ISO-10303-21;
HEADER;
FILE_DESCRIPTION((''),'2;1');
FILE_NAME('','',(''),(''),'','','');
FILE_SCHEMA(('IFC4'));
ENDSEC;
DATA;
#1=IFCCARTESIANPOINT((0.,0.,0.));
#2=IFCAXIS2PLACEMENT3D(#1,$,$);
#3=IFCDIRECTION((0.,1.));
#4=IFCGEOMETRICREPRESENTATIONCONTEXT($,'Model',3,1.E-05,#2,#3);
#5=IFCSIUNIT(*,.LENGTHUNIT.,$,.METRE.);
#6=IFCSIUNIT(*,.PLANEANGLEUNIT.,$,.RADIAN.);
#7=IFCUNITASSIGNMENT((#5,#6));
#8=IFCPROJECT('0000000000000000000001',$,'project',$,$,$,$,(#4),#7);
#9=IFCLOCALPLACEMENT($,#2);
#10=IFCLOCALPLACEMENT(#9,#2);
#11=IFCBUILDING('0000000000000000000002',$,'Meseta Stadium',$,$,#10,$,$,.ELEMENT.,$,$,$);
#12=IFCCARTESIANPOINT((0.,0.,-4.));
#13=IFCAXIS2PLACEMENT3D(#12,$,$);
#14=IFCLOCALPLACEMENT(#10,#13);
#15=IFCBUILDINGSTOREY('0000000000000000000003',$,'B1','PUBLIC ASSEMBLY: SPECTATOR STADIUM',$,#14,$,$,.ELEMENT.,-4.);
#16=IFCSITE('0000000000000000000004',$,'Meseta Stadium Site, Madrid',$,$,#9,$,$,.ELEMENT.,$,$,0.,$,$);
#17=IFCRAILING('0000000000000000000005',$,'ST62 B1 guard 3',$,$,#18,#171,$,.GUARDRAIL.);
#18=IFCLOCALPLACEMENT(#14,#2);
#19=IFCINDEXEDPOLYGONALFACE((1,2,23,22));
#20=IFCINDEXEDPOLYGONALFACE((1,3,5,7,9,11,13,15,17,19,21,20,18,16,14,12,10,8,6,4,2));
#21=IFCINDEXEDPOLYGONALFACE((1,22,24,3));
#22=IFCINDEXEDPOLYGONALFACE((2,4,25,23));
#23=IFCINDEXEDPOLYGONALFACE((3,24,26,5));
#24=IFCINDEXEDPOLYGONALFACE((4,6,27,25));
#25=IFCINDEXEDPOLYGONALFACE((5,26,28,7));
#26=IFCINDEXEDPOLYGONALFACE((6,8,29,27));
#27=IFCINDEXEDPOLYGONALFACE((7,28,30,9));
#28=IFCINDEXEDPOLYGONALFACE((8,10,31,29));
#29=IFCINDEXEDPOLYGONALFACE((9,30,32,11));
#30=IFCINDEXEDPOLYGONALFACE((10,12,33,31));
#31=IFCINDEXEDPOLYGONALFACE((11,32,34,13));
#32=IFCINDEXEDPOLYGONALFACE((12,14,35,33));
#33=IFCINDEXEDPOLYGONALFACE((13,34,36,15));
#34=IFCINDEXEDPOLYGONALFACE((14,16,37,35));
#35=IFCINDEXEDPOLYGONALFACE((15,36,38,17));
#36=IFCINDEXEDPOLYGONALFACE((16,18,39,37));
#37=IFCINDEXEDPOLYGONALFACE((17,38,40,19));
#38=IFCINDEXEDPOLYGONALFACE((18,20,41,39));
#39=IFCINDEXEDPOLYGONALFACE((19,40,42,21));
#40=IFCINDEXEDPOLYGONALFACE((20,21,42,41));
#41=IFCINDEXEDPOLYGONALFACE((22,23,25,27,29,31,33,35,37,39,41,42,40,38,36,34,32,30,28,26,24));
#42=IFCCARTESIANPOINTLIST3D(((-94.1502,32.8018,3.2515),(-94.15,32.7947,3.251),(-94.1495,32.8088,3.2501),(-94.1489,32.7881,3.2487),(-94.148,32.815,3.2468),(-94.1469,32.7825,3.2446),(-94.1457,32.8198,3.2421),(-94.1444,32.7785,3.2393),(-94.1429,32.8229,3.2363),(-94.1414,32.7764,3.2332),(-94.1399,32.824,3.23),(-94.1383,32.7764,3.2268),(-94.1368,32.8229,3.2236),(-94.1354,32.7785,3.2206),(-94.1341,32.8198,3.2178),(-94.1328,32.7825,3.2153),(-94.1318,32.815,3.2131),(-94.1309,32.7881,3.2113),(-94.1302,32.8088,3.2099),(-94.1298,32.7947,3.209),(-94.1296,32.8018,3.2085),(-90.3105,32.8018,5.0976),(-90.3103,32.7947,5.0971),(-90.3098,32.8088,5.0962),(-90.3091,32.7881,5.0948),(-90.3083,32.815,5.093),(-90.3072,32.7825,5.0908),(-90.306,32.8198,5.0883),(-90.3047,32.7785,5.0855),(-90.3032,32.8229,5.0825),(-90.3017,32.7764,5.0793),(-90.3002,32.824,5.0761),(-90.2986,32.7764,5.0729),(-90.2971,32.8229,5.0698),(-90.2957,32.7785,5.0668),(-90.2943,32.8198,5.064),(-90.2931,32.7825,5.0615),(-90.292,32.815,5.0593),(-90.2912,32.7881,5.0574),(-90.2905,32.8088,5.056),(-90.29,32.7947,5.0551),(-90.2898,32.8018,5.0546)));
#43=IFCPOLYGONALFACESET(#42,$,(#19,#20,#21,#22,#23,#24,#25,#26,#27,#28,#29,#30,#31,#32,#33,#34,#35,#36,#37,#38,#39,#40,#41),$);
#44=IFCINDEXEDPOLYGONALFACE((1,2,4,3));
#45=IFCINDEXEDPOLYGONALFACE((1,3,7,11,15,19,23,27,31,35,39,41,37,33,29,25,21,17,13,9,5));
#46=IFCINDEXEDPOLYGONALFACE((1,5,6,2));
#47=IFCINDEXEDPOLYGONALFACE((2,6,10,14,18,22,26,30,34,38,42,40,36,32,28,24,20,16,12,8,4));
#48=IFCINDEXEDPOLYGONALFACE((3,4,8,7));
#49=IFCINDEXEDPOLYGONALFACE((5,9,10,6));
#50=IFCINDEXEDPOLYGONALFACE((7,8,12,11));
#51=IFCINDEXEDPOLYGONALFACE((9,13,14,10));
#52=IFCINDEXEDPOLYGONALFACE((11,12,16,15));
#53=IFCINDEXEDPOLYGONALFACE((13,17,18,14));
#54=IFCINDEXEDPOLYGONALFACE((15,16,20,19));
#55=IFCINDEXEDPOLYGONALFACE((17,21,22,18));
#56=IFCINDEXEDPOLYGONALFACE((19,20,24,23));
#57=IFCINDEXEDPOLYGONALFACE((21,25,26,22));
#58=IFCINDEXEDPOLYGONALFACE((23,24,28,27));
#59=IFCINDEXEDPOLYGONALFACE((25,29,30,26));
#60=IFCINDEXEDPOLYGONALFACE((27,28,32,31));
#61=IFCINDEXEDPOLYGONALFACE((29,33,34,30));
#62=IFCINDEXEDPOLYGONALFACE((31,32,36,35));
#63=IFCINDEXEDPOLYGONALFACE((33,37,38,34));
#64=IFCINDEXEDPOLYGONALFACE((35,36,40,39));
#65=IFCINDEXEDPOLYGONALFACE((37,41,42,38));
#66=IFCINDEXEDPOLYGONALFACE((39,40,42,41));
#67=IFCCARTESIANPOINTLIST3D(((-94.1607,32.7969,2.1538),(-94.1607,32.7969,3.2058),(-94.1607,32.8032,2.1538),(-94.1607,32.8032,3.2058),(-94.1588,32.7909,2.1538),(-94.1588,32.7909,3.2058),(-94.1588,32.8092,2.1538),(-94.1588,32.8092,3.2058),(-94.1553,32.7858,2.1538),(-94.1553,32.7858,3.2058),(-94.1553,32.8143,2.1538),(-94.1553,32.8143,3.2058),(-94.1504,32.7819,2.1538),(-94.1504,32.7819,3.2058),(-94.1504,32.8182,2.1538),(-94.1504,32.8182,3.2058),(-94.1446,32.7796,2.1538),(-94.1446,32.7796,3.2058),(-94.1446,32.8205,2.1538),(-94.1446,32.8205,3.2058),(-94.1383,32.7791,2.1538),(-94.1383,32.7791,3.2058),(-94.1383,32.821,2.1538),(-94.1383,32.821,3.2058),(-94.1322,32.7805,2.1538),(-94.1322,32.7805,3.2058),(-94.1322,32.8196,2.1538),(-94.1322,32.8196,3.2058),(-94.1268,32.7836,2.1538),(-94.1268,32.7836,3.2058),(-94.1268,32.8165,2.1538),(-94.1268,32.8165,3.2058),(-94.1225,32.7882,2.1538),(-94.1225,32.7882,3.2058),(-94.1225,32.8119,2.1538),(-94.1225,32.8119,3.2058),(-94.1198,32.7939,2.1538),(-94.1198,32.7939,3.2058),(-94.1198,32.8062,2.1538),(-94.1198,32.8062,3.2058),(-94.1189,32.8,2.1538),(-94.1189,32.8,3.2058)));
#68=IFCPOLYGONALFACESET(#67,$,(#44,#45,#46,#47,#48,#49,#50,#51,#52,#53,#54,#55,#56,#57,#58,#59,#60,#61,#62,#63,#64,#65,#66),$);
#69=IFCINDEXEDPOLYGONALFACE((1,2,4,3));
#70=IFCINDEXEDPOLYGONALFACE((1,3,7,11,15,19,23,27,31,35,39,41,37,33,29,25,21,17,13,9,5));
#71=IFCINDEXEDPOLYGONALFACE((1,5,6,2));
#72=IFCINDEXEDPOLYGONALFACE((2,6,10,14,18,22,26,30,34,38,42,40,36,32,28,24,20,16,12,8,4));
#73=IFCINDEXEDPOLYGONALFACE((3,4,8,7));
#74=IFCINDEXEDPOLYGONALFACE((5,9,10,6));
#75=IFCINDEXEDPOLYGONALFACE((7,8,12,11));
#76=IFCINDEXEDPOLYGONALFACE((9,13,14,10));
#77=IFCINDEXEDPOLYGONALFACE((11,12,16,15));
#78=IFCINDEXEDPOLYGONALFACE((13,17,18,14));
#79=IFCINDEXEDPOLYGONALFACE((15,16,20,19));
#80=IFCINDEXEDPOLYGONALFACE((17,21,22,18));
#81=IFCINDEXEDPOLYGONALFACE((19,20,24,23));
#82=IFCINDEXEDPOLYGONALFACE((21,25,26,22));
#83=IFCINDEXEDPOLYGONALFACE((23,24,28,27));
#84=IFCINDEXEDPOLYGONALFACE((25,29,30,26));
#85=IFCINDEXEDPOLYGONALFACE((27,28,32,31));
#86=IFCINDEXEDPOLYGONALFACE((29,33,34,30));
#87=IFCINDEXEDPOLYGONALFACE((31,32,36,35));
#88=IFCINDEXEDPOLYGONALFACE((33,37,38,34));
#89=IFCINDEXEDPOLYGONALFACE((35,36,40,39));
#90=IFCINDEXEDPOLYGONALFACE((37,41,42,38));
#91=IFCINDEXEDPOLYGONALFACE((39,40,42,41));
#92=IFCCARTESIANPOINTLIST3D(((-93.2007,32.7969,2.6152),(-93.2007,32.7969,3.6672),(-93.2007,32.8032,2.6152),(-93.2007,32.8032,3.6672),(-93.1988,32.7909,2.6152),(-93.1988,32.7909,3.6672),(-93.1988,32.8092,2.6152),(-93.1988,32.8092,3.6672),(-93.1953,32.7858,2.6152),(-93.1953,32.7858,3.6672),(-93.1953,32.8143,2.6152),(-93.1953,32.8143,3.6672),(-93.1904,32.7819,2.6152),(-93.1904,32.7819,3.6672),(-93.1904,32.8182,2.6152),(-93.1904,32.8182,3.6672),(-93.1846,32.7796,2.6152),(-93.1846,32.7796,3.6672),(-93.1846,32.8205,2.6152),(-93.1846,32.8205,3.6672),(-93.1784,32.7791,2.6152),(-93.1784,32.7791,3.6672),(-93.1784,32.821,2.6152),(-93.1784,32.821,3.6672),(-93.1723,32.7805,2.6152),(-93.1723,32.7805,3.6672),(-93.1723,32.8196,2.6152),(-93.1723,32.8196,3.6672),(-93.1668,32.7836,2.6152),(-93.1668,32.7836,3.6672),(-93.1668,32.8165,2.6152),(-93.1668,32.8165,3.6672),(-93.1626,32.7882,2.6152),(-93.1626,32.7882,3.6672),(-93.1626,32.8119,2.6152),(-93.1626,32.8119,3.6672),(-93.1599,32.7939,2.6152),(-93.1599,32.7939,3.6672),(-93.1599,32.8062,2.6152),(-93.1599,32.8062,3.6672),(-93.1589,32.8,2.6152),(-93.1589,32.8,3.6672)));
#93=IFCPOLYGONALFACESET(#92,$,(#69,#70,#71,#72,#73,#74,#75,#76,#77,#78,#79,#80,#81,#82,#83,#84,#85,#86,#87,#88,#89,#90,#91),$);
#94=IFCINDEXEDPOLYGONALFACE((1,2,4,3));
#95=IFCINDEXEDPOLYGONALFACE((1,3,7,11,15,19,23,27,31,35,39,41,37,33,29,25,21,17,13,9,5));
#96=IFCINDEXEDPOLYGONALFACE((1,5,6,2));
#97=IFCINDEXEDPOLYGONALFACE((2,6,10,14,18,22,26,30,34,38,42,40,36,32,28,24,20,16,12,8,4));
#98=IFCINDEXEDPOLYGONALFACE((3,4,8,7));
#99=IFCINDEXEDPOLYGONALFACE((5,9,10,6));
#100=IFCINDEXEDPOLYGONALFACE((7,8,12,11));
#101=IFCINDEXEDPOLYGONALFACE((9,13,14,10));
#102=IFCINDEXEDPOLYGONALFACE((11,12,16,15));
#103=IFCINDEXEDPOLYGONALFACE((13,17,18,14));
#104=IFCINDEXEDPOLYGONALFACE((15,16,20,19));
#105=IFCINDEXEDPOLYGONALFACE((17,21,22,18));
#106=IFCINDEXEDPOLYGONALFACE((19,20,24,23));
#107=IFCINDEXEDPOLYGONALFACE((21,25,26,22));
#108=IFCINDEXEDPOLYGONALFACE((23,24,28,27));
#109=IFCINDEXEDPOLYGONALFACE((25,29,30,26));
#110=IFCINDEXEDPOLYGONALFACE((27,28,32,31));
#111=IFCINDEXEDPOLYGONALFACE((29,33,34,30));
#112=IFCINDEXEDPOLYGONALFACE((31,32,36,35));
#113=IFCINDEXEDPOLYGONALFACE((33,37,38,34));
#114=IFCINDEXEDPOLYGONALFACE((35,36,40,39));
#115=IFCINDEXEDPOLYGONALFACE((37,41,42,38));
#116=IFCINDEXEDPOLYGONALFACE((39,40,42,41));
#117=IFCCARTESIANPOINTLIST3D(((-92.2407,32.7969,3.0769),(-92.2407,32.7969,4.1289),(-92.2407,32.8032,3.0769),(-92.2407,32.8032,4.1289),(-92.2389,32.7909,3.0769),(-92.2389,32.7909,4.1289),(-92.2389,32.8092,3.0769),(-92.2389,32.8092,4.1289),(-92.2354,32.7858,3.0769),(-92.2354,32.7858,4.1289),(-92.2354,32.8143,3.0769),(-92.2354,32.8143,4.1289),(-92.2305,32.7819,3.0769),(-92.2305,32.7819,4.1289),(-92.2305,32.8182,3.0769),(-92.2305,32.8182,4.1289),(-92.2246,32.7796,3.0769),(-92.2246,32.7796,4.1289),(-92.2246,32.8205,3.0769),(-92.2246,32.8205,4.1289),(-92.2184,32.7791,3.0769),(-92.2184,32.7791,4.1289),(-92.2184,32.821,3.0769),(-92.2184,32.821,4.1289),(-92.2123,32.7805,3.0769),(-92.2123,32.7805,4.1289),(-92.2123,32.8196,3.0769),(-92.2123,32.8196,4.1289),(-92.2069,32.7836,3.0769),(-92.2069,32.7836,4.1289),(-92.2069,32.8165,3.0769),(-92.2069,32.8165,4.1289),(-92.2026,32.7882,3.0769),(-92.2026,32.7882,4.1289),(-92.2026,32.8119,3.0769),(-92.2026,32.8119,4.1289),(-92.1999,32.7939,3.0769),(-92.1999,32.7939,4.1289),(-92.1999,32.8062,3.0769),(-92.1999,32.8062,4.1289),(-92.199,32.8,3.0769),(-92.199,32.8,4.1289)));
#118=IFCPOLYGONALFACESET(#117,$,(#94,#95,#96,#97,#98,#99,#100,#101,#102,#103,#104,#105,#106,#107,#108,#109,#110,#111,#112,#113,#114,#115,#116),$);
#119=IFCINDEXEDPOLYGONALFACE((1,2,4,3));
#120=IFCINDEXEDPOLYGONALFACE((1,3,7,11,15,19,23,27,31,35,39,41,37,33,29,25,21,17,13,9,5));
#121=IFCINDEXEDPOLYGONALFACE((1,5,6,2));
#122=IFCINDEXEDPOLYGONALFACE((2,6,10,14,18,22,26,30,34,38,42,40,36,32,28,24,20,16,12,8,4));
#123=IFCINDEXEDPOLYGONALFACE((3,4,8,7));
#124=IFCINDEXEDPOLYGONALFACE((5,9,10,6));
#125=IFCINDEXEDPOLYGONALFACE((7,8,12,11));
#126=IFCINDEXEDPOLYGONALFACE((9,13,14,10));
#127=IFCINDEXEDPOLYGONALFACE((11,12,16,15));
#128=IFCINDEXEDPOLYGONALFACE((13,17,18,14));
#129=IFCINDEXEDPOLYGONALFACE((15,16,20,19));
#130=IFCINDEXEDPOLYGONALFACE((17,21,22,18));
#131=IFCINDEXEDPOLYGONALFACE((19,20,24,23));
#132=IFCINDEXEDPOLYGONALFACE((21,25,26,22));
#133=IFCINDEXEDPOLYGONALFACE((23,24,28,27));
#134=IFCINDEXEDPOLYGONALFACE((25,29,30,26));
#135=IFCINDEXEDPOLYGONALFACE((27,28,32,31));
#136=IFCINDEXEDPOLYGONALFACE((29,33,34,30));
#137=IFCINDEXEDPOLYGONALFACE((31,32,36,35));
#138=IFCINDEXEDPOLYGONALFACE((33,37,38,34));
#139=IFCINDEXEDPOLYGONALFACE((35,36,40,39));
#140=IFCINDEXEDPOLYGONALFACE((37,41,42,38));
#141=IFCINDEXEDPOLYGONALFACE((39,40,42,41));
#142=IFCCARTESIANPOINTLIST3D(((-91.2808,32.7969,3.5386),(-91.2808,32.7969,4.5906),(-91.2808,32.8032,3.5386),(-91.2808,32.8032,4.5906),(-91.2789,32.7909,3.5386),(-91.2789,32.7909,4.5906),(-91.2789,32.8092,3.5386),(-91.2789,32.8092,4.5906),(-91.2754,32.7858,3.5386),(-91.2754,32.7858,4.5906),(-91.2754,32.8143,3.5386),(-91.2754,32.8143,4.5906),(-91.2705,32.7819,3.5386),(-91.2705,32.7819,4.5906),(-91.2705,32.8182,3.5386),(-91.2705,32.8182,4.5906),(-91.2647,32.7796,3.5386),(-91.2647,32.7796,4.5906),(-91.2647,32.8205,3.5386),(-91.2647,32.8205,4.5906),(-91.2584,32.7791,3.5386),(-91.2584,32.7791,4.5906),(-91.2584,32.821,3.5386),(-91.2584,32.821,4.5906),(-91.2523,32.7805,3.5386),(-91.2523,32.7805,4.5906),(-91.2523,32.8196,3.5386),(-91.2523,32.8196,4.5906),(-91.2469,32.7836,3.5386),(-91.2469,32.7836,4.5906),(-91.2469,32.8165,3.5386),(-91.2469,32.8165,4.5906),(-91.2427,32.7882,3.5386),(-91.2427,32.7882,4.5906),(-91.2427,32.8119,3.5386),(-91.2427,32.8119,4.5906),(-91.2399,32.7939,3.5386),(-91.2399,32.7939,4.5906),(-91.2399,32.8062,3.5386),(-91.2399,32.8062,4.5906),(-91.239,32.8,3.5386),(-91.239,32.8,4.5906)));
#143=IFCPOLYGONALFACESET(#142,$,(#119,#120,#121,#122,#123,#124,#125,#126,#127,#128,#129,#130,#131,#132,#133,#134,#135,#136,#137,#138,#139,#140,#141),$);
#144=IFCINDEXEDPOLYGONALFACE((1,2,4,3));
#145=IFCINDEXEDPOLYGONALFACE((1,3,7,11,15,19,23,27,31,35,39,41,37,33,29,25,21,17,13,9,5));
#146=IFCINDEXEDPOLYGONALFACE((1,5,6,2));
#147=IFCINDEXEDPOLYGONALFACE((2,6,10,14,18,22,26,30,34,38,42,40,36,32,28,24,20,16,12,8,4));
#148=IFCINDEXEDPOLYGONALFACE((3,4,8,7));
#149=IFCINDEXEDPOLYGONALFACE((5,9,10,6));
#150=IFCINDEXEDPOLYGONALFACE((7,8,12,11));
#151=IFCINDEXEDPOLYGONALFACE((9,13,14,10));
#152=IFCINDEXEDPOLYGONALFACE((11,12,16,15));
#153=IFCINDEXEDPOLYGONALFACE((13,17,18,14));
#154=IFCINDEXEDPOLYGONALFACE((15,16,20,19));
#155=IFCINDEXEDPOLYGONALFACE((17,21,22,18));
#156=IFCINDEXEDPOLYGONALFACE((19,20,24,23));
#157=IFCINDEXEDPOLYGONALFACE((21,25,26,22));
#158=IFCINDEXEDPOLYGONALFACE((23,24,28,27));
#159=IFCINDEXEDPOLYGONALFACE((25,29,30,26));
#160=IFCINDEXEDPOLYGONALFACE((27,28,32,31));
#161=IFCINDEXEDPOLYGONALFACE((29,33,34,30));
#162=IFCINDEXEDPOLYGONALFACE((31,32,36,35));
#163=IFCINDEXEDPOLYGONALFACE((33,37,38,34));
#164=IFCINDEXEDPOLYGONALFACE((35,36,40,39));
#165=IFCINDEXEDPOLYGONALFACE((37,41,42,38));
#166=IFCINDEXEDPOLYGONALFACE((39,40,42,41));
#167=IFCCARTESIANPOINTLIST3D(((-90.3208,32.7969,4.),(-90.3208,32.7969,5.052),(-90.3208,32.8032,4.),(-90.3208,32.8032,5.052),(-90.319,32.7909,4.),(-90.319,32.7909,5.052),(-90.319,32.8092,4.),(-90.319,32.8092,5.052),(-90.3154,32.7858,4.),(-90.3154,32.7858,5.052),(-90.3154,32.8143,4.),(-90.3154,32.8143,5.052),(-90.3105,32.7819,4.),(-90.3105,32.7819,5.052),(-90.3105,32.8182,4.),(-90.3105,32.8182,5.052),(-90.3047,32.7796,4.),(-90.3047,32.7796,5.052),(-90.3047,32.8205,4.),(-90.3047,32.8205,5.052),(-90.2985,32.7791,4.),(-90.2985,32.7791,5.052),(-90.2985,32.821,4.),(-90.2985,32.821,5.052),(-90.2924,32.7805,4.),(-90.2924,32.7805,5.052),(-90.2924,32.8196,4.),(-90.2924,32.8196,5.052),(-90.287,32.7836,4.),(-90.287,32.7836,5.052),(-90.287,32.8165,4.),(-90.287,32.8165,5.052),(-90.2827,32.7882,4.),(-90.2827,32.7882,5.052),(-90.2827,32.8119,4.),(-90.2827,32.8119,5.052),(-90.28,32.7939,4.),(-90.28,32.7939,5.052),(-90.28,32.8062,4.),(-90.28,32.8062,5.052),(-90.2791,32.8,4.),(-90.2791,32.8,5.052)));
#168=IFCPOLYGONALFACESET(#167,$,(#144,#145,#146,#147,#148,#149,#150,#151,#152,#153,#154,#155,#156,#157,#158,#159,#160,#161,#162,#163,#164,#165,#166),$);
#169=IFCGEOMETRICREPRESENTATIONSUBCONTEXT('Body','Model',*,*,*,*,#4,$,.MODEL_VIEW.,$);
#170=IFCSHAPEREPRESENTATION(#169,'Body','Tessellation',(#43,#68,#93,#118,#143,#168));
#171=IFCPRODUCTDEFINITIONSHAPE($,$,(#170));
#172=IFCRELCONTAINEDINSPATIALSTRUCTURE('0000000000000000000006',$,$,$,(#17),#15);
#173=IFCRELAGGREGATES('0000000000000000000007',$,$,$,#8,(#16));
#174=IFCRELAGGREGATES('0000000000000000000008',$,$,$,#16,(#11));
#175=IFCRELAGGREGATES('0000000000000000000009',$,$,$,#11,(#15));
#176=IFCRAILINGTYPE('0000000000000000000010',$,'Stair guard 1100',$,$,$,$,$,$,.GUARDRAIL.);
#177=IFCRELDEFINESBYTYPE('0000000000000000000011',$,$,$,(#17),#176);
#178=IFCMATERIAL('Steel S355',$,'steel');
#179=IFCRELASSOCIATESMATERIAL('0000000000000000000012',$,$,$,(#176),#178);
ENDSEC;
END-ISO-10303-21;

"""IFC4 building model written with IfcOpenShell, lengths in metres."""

from ifc_helpers import new_model, si_unit, direction, frame, origin, origin_2d, place, context, subcontext, project, spatial, circle, extrude, material, type_object, element, save


model = new_model("IFC4")

# Units and contexts
model_context = context("Model", 3, precision=1e-05, world=origin(), true_north=direction((0.0, 1.0)))
body_context = subcontext(model_context, "Body", "Model", "MODEL_VIEW")
ifc_project = project(units=[si_unit("LENGTHUNIT", "METRE"), si_unit("PLANEANGLEUNIT", "RADIAN")], contexts=[model_context])

# Site, building, storey
site_placement = place(None, origin())
site = spatial("IfcSite", under=ifc_project, at=site_placement, Name="Meseta Stadium Site, Madrid", CompositionType="ELEMENT", RefElevation=0.0)
building_placement = place(site_placement, origin())
building = spatial("IfcBuilding", under=site, at=building_placement, Name="Meseta Stadium", CompositionType="ELEMENT")
storey_placement = place(building_placement, frame((0.0, 0.0, -4.0)))
storey = spatial("IfcBuildingStorey", under=building, at=storey_placement, Name="B1", Description="PUBLIC ASSEMBLY: SPECTATOR STADIUM", CompositionType="ELEMENT", Elevation=-4.0)

# Railing
ifc_material_1 = material(Name="Steel S355", Category="steel")
railing_type_1 = type_object("IfcRailingType", Name="Stair guard 1100", PredefinedType="GUARDRAIL", material=ifc_material_1)
railing_1_placement = place(storey_placement, frame((-94.1399, 32.8, 2.1538)))
element("IfcRailing", 1, at=railing_1_placement, inside=storey, type_object=railing_type_1, Name="ST62 B1 guard 3", PredefinedType="GUARDRAIL", context=body_context, shape_type="SweptSolid", body=[
    extrude(circle(Radius=0.0239, at=origin_2d()), frame((0.0, 0.0, 1.0762), z_axis=(0.901242, 0.0, 0.433316), x_axis=(0.0, 1.0, 0.0)), (0.0, 0.0, 1.0), 4.2605),
    extrude(circle(Radius=0.021, at=origin_2d()), origin(), (0.0, 0.0, 1.0), 1.052),
    extrude(circle(Radius=0.021, at=origin_2d()), frame((0.96, 0.0, 0.4614)), (0.0, 0.0, 1.0), 1.052),
    extrude(circle(Radius=0.021, at=origin_2d()), frame((1.9199, 0.0, 0.9231)), (0.0, 0.0, 1.0), 1.052),
    extrude(circle(Radius=0.021, at=origin_2d()), frame((2.8799, 0.0, 1.3848)), (0.0, 0.0, 1.0), 1.052),
    extrude(circle(Radius=0.021, at=origin_2d()), frame((3.8398, 0.0, 1.8462)), (0.0, 0.0, 1.0), 1.052),
])

save(model, "model.ifc")
